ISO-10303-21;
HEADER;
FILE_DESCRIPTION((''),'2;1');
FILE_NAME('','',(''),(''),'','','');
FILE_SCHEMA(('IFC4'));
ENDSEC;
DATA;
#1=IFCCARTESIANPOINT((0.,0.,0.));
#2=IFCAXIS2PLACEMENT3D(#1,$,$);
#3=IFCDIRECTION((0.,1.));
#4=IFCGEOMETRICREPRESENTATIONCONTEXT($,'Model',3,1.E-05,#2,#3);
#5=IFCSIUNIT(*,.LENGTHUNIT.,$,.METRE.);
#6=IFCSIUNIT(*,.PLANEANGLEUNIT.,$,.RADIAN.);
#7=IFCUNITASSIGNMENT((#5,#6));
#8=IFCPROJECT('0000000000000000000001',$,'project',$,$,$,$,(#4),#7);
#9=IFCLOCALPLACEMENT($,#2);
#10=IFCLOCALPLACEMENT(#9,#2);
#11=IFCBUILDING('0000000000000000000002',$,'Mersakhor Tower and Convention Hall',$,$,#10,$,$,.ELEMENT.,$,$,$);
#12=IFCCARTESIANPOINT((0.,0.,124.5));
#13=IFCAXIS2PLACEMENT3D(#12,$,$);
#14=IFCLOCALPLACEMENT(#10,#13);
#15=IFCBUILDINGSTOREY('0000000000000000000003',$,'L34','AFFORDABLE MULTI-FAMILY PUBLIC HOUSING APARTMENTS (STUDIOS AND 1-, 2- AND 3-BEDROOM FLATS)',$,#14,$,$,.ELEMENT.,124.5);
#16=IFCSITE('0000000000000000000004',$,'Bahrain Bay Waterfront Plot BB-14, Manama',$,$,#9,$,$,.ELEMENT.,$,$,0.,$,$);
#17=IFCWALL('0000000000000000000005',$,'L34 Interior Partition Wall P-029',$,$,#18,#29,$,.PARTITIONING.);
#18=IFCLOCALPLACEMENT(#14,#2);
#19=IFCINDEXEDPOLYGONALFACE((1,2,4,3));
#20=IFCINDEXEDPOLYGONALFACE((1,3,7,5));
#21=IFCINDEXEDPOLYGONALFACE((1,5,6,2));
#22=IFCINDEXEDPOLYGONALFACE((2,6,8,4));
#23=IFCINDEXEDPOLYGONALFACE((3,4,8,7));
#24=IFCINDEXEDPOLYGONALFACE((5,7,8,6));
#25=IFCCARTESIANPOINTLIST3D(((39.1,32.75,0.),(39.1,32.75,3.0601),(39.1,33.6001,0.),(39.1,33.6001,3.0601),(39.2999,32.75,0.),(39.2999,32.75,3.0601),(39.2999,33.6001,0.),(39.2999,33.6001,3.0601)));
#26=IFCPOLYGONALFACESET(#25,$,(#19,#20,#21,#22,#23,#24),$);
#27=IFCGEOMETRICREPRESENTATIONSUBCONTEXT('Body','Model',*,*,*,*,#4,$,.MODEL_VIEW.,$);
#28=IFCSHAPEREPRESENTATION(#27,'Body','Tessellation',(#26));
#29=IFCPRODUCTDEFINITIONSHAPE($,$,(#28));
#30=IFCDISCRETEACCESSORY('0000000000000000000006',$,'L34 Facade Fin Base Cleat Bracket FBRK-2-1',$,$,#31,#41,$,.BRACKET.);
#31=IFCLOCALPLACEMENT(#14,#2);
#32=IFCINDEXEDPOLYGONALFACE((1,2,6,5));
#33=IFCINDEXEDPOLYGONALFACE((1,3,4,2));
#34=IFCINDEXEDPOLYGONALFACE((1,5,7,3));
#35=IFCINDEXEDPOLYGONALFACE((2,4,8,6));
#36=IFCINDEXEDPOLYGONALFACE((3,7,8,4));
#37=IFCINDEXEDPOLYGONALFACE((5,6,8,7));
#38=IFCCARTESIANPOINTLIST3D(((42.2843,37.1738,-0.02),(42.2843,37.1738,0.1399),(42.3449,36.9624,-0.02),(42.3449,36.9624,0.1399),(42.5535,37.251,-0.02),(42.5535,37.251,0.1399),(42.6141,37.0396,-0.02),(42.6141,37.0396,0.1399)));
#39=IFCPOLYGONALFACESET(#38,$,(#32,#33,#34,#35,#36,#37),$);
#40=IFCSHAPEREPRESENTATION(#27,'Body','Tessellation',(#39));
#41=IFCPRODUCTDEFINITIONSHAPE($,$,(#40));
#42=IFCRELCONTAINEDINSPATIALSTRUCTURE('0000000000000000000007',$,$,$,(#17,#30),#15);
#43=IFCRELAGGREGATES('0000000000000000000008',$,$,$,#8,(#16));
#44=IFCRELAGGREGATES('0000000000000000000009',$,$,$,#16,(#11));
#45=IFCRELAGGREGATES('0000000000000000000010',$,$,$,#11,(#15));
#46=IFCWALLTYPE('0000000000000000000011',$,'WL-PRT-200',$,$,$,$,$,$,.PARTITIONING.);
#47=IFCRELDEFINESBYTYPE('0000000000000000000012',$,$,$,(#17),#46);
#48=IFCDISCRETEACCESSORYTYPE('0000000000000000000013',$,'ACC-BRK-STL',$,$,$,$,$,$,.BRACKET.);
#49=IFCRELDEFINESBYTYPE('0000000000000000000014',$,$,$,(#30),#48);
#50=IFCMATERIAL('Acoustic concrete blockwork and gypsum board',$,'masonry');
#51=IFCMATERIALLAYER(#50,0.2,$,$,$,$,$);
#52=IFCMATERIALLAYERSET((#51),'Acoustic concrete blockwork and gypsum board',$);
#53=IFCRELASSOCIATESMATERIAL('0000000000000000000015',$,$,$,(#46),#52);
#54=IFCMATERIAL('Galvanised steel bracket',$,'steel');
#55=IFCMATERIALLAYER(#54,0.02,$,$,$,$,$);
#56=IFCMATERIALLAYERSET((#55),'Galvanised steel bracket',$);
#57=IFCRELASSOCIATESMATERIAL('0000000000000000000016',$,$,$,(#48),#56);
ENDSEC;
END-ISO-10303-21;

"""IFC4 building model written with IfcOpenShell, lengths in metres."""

from ifc_helpers import new_model, si_unit, direction, frame, frame_2d, origin, origin_2d, place, context, subcontext, project, spatial, rectangle, extrude, material, layer, layer_set, type_object, element, save


model = new_model("IFC4")

# Units and contexts
model_context = context("Model", 3, precision=1e-05, world=origin(), true_north=direction((0.0, 1.0)))
body_context = subcontext(model_context, "Body", "Model", "MODEL_VIEW")
ifc_project = project(units=[si_unit("LENGTHUNIT", "METRE"), si_unit("PLANEANGLEUNIT", "RADIAN")], contexts=[model_context])

# Site, building, storey
site_placement = place(None, origin())
site = spatial("IfcSite", under=ifc_project, at=site_placement, Name="Bahrain Bay Waterfront Plot BB-14, Manama", CompositionType="ELEMENT", RefElevation=0.0)
building_placement = place(site_placement, origin())
building = spatial("IfcBuilding", under=site, at=building_placement, Name="Mersakhor Tower and Convention Hall", CompositionType="ELEMENT")
storey_placement = place(building_placement, frame((0.0, 0.0, 124.5)))
storey = spatial("IfcBuildingStorey", under=building, at=storey_placement, Name="L34", Description="AFFORDABLE MULTI-FAMILY PUBLIC HOUSING APARTMENTS (STUDIOS AND 1-, 2- AND 3-BEDROOM FLATS)", CompositionType="ELEMENT", Elevation=124.5)

# Wall
ifc_material_1 = material(Name="Acoustic concrete blockwork and gypsum board", Category="masonry")
ifc_layer_1 = layer(ifc_material_1, 0.2)
ifc_layer_set_1 = layer_set([ifc_layer_1], Name="Acoustic concrete blockwork and gypsum board")
wall_type_1 = type_object("IfcWallType", Name="WL-PRT-200", PredefinedType="PARTITIONING", material=ifc_layer_set_1)
wall_1_placement = place(storey_placement, frame((39.2, 33.6001, 0.0), z_axis=(0.0, 0.0, 1.0), x_axis=(0.0, -1.0, 0.0)))
element("IfcWall", 1, at=wall_1_placement, inside=storey, type_object=wall_type_1, Name="L34 Interior Partition Wall P-029", PredefinedType="PARTITIONING", context=body_context, shape_type="SweptSolid", body=[
    extrude(rectangle(XDim=0.8501, YDim=0.2, at=frame_2d((0.425, 0.0))), origin(), (0.0, 0.0, 1.0), 3.0601),
])

# Discrete accessory
ifc_material_2 = material(Name="Galvanised steel bracket", Category="steel")
ifc_layer_2 = layer(ifc_material_2, 0.02)
ifc_layer_set_2 = layer_set([ifc_layer_2], Name="Galvanised steel bracket")
discrete_accessory_type = type_object("IfcDiscreteAccessoryType", Name="ACC-BRK-STL", PredefinedType="BRACKET", material=ifc_layer_set_2)
discrete_accessory_placement = place(storey_placement, frame((42.4492, 37.1067, -0.02), z_axis=(0.0, 0.0, 1.0), x_axis=(0.961262, 0.275637, 0.0)))
element("IfcDiscreteAccessory", 2, at=discrete_accessory_placement, inside=storey, type_object=discrete_accessory_type, Name="L34 Facade Fin Base Cleat Bracket FBRK-2-1", PredefinedType="BRACKET", context=body_context, shape_type="SweptSolid", body=[
    extrude(rectangle(XDim=0.28, YDim=0.22, at=origin_2d()), origin(), (0.0, 0.0, 1.0), 0.1599),
])

save(model, "model.ifc")
